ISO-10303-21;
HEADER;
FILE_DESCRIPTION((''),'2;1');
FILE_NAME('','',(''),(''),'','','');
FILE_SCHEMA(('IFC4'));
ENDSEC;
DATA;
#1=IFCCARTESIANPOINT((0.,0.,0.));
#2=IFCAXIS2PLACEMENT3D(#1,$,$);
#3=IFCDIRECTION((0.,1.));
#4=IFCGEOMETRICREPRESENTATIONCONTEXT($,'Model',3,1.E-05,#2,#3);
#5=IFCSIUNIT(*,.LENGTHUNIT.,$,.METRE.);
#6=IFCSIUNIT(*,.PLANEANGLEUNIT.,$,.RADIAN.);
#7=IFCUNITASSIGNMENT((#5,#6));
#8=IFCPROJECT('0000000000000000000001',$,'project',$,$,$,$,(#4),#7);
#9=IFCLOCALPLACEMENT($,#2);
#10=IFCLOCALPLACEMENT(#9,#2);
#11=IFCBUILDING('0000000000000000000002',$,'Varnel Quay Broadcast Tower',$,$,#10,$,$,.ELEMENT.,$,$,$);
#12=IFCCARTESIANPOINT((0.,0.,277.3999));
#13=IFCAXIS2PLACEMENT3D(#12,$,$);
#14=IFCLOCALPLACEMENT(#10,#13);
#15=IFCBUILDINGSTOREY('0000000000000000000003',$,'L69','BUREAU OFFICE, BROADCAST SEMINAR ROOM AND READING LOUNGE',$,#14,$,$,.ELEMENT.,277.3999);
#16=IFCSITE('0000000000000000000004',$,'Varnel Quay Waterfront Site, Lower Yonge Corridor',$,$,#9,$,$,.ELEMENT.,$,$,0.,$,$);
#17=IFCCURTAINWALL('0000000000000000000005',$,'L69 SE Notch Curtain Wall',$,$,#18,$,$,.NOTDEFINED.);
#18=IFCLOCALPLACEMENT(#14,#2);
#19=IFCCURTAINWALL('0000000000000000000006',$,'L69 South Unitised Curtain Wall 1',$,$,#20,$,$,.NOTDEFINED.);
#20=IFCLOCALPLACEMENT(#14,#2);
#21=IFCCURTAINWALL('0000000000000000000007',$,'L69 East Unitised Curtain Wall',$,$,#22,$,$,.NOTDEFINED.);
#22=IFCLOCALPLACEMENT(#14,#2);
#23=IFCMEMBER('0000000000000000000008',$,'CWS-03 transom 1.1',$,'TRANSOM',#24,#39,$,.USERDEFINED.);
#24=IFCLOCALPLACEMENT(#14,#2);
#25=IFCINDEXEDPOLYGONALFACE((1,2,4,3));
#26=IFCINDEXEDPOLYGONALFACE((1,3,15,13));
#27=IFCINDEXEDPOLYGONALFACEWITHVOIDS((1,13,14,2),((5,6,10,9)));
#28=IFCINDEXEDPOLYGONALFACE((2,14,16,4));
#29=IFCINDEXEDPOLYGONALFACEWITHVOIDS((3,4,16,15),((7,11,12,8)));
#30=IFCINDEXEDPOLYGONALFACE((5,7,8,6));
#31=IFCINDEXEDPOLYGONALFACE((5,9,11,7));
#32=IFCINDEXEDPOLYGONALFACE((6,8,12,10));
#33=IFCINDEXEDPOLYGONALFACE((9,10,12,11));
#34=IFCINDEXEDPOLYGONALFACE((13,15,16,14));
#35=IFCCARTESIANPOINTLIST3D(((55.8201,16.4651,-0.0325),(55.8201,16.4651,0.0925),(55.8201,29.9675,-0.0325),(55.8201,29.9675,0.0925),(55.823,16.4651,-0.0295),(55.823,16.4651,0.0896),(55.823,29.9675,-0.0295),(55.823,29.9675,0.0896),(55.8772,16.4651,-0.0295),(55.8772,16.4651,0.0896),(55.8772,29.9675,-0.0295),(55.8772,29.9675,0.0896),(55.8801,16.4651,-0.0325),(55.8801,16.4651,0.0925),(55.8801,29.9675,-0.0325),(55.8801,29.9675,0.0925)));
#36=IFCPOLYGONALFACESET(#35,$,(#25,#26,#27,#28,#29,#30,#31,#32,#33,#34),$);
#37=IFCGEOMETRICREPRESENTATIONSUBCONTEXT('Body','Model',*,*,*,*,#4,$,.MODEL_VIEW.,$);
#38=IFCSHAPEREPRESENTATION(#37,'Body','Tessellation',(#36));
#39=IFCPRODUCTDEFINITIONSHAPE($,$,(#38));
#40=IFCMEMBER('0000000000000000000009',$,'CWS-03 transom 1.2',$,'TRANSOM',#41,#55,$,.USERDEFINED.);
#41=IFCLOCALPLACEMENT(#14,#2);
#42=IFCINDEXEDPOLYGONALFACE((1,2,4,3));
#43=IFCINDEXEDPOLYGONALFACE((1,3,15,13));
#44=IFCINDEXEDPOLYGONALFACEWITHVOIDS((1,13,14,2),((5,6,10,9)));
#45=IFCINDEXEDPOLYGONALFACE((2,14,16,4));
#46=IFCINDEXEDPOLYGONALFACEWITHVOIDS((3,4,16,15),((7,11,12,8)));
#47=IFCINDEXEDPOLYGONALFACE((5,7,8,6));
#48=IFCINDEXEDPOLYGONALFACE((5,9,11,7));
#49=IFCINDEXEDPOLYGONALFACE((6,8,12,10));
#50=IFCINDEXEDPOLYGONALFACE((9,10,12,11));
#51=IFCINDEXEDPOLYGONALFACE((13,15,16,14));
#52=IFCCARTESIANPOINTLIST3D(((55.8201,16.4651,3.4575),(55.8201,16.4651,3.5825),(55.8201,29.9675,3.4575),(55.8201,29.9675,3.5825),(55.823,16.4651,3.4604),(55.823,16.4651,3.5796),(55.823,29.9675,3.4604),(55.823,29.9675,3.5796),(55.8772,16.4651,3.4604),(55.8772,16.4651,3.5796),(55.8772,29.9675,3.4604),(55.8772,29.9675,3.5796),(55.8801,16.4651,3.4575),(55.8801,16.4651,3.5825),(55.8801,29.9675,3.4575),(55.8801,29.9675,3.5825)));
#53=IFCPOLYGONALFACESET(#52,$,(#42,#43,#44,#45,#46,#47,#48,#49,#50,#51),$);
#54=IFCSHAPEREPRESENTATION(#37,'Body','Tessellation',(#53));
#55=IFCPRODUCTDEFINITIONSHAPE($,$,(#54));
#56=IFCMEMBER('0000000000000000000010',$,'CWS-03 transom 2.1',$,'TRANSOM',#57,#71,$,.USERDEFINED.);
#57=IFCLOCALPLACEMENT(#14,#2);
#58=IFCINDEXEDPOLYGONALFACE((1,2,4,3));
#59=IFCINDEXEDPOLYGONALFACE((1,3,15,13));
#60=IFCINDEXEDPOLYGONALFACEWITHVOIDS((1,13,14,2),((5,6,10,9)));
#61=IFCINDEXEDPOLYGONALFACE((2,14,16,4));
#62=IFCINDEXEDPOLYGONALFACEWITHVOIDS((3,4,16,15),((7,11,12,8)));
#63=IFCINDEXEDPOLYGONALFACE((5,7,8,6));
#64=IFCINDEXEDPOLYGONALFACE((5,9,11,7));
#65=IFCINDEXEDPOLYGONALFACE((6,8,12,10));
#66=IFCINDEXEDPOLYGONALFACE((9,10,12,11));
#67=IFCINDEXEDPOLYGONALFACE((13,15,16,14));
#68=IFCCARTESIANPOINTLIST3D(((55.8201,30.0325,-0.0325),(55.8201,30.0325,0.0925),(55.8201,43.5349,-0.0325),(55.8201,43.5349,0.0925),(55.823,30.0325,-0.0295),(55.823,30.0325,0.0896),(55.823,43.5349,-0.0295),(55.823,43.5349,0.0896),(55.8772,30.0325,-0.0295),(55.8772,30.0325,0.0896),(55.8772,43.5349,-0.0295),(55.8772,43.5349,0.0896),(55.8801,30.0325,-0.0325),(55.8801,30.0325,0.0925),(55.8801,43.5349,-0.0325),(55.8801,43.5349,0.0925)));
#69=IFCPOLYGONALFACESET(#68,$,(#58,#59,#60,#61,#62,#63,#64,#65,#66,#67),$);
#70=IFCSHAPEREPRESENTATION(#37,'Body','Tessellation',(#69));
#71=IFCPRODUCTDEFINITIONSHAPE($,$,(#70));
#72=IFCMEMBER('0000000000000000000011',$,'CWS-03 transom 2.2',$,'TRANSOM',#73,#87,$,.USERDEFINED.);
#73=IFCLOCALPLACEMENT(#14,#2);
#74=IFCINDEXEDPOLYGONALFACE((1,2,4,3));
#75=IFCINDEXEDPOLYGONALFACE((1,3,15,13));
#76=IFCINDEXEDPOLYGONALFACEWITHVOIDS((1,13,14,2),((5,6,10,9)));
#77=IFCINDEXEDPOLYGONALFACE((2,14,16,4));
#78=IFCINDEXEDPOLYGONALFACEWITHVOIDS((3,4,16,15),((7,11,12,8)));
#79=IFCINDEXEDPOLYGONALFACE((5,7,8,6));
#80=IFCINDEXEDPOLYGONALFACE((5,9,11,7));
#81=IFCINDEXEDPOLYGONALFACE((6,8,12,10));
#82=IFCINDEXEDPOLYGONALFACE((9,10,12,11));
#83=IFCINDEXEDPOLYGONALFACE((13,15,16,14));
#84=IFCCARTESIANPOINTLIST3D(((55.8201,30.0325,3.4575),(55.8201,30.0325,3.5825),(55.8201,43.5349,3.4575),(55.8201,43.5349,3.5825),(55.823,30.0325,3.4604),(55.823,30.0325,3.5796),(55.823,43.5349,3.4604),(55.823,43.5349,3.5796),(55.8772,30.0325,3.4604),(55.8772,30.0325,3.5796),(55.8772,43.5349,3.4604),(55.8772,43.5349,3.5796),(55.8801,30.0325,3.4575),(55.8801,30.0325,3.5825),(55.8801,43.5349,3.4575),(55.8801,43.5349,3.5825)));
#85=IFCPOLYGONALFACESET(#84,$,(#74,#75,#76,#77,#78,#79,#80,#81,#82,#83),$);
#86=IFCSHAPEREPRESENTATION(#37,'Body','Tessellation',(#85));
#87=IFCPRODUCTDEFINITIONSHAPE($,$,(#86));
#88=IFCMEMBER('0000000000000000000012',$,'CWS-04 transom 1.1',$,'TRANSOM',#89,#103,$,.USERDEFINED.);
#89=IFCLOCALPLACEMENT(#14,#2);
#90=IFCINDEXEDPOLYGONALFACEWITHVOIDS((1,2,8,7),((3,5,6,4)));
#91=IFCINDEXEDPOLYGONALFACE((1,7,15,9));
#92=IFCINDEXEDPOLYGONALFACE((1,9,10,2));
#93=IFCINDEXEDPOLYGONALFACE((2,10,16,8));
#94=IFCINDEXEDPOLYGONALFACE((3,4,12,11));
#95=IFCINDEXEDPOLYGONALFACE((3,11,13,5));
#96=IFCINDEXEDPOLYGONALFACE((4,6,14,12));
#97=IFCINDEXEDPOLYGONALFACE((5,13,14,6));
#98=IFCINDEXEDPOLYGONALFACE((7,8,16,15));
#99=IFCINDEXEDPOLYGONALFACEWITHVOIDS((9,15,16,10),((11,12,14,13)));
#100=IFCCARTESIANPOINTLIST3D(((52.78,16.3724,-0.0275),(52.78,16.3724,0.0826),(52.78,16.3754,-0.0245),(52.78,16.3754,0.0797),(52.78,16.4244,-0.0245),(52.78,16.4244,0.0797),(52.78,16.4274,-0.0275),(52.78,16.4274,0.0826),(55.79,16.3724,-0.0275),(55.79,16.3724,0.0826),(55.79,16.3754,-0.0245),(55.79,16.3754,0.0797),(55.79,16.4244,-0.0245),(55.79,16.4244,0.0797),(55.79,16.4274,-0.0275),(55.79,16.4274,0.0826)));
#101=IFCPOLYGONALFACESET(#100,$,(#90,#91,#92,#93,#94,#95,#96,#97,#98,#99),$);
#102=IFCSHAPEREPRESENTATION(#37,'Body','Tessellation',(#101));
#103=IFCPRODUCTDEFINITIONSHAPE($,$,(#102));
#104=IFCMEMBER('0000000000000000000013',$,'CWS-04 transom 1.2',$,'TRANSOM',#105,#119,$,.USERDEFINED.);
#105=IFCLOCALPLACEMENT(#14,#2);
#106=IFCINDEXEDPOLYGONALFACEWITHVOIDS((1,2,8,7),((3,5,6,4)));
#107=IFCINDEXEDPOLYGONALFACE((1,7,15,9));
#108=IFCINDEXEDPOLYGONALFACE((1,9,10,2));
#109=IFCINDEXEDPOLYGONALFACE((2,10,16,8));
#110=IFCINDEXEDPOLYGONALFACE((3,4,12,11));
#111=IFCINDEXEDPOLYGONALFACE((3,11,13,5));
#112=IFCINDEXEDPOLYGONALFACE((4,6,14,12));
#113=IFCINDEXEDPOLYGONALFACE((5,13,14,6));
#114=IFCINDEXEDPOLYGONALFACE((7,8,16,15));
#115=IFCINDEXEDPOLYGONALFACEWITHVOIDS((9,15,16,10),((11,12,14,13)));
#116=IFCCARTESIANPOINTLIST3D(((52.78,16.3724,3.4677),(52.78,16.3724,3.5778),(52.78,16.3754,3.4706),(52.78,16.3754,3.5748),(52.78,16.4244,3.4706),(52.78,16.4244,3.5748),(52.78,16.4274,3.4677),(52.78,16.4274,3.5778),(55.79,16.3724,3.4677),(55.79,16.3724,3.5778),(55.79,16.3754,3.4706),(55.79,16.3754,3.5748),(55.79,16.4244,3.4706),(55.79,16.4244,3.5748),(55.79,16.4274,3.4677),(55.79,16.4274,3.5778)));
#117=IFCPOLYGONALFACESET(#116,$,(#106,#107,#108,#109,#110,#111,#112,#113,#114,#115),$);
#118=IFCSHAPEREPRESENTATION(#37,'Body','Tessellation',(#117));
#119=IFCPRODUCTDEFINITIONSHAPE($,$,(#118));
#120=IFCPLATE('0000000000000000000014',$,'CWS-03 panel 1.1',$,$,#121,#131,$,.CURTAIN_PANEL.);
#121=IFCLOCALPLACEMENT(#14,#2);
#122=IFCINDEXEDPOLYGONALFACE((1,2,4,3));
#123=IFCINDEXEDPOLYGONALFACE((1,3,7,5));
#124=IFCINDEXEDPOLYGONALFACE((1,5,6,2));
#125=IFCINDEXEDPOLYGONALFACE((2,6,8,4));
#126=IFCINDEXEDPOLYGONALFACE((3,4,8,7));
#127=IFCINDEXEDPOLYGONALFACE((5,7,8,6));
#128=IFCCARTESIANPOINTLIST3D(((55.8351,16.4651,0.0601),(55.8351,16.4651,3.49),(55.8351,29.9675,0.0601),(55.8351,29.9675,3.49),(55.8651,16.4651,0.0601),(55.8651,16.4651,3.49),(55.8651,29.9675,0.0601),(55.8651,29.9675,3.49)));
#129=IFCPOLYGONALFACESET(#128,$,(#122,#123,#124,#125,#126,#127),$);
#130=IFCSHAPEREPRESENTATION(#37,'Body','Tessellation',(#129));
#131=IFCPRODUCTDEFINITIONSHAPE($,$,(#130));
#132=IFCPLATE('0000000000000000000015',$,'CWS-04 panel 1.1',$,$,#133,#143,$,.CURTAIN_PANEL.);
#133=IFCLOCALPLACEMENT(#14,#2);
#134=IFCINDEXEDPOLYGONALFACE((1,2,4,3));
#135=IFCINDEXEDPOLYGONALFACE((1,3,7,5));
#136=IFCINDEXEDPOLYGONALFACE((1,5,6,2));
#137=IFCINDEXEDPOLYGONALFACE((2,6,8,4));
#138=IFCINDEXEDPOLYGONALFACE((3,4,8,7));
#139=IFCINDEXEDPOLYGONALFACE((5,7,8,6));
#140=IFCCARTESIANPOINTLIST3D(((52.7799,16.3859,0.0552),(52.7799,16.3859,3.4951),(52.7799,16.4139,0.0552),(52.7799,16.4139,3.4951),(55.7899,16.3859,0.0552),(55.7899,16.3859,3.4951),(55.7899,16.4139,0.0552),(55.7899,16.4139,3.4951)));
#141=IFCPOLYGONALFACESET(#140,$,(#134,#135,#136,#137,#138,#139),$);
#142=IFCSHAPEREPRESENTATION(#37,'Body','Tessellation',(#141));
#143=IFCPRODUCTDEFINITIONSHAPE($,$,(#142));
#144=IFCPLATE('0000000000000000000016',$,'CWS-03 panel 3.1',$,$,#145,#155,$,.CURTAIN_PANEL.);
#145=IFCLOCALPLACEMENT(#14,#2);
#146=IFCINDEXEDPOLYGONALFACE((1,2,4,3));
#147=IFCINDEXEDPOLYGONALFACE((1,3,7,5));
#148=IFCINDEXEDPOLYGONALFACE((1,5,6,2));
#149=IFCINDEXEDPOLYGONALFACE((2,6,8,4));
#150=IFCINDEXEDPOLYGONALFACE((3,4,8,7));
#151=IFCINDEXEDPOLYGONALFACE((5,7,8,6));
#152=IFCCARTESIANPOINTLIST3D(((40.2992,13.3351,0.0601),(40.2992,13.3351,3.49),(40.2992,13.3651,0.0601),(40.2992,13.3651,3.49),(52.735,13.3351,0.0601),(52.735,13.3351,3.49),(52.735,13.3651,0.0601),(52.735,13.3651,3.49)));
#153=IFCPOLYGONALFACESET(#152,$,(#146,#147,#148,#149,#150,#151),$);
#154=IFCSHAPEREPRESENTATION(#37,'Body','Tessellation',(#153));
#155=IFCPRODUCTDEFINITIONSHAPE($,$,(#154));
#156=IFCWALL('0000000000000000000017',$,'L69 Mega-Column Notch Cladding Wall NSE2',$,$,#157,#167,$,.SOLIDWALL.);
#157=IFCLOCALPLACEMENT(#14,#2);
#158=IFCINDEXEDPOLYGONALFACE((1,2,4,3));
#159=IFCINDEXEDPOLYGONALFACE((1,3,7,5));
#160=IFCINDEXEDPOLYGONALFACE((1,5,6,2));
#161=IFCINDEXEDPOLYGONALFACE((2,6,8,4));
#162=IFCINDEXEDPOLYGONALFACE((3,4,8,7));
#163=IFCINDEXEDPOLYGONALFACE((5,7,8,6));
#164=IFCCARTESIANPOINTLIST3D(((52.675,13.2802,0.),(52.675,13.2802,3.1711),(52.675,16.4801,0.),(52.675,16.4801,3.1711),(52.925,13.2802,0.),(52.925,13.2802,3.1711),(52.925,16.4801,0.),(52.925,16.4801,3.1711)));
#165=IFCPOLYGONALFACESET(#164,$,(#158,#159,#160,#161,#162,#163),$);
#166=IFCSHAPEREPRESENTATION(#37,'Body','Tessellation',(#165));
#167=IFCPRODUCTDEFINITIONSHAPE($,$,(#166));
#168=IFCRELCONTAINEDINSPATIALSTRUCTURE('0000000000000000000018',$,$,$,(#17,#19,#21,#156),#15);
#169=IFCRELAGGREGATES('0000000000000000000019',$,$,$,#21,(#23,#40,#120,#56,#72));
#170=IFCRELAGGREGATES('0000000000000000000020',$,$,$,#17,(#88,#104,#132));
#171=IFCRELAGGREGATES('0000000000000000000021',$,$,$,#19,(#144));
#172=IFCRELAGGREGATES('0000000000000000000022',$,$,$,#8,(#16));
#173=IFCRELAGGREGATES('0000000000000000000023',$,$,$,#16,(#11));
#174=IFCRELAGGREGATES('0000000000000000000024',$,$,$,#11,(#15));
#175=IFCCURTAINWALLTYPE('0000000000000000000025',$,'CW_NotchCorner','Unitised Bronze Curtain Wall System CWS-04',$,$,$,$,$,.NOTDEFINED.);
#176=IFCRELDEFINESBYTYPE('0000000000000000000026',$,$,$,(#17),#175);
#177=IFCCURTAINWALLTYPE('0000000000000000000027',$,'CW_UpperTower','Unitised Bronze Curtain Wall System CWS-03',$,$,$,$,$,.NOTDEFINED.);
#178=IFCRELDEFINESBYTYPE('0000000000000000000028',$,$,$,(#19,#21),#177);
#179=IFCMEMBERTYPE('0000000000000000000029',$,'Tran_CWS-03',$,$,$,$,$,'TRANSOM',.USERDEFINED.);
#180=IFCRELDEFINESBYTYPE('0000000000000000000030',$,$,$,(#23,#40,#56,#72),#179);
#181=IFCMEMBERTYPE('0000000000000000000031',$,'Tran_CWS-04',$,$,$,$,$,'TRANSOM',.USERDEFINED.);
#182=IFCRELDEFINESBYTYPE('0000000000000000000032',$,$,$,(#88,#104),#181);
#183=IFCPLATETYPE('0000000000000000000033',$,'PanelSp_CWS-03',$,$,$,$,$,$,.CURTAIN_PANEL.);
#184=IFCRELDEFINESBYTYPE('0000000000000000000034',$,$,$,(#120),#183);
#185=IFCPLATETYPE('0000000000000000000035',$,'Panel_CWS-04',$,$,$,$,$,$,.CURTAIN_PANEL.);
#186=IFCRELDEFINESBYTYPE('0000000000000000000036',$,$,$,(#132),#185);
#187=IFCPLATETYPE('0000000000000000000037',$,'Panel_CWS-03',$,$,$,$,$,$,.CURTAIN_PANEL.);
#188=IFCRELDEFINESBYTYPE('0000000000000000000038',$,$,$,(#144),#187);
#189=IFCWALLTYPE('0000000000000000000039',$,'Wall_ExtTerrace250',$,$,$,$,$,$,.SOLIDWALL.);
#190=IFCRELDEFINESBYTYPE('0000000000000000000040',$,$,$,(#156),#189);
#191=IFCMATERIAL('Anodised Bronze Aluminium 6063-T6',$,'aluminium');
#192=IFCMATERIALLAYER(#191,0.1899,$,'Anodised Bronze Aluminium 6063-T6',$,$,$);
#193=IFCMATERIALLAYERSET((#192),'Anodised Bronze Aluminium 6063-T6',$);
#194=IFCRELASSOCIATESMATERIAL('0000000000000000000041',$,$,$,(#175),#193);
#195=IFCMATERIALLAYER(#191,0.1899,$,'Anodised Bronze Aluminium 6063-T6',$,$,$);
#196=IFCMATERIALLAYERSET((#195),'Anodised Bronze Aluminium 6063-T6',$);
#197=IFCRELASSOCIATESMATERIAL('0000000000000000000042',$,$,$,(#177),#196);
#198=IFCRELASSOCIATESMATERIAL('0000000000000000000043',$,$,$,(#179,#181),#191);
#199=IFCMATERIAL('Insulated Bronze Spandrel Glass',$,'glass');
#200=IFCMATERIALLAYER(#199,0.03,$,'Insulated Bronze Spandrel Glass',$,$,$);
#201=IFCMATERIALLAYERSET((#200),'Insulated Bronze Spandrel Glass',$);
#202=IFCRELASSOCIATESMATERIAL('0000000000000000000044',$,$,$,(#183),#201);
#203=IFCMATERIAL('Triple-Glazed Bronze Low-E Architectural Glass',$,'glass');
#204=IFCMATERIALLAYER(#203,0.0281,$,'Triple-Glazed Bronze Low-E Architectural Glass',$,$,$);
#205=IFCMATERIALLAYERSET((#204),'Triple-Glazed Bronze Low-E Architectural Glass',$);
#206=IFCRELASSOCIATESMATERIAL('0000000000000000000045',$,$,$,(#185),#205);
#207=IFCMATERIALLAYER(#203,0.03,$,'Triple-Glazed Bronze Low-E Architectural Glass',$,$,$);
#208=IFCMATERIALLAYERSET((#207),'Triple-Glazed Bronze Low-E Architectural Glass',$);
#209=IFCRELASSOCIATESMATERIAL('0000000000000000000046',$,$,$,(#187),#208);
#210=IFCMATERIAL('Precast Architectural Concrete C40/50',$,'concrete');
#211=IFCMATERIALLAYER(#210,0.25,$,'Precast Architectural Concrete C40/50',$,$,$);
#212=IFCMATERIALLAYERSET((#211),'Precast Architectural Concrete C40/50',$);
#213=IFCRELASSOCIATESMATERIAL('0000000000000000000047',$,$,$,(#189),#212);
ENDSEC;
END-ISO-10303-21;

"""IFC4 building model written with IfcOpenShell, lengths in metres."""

from ifc_helpers import new_model, si_unit, direction, frame, frame_2d, origin, origin_2d, place, context, subcontext, project, spatial, rectangle, hollow_rectangle, extrude, source, transform, mapped, material, layer, layer_set, material_profile, profile_set, type_object, type_shapes, element, aggregate, save


model = new_model("IFC4")

# Units and contexts
model_context = context("Model", 3, precision=1e-05, world=origin(), true_north=direction((0.0, 1.0)))
body_context = subcontext(model_context, "Body", "Model", "MODEL_VIEW")
ifc_project = project(units=[si_unit("LENGTHUNIT", "METRE"), si_unit("PLANEANGLEUNIT", "RADIAN")], contexts=[model_context])

# Site, building, storey
site_placement = place(None, origin())
site = spatial("IfcSite", under=ifc_project, at=site_placement, Name="Varnel Quay Waterfront Site, Lower Yonge Corridor", CompositionType="ELEMENT", RefElevation=0.0)
building_placement = place(site_placement, origin())
building = spatial("IfcBuilding", under=site, at=building_placement, Name="Varnel Quay Broadcast Tower", CompositionType="ELEMENT")
storey_placement = place(building_placement, frame((0.0, 0.0, 277.3999)))
storey = spatial("IfcBuildingStorey", under=building, at=storey_placement, Name="L69", Description="BUREAU OFFICE, BROADCAST SEMINAR ROOM AND READING LOUNGE", CompositionType="ELEMENT", Elevation=277.3999)

# Curtain wall
ifc_material_1 = material(Name="Anodised Bronze Aluminium 6063-T6", Category="aluminium")
ifc_layer_1 = layer(ifc_material_1, 0.1899, Name="Anodised Bronze Aluminium 6063-T6")
ifc_layer_set_1 = layer_set([ifc_layer_1], Name="Anodised Bronze Aluminium 6063-T6")
curtain_wall_type_1 = type_object("IfcCurtainWallType", Name="CW_NotchCorner", Description="Unitised Bronze Curtain Wall System CWS-04", PredefinedType="NOTDEFINED", material=ifc_layer_set_1)
curtain_wall_1_placement = place(storey_placement, origin())
curtain_wall_1 = element("IfcCurtainWall", 1, at=curtain_wall_1_placement, inside=storey, type_object=curtain_wall_type_1, Name="L69 SE Notch Curtain Wall", PredefinedType="NOTDEFINED")

# Curtain wall
ifc_layer_2 = layer(ifc_material_1, 0.1899, Name="Anodised Bronze Aluminium 6063-T6")
ifc_layer_set_2 = layer_set([ifc_layer_2], Name="Anodised Bronze Aluminium 6063-T6")
curtain_wall_type_2 = type_object("IfcCurtainWallType", Name="CW_UpperTower", Description="Unitised Bronze Curtain Wall System CWS-03", PredefinedType="NOTDEFINED", material=ifc_layer_set_2)
curtain_wall_2_placement = place(storey_placement, origin())
curtain_wall_2 = element("IfcCurtainWall", 2, at=curtain_wall_2_placement, inside=storey, type_object=curtain_wall_type_2, Name="L69 South Unitised Curtain Wall 1", PredefinedType="NOTDEFINED")

# Curtain wall, members
curtain_wall_3_placement = place(storey_placement, origin())
curtain_wall_3 = element("IfcCurtainWall", 3, at=curtain_wall_3_placement, inside=storey, type_object=curtain_wall_type_2, Name="L69 East Unitised Curtain Wall", PredefinedType="NOTDEFINED")
ifc_material_profile_1 = material_profile(ifc_material_1, hollow_rectangle(XDim=0.0601, YDim=0.125, WallThickness=0.0029, at=origin_2d()), Name="ALU60X125X3")
ifc_profile_set_1 = profile_set([ifc_material_profile_1], Name="Anodised Bronze Aluminium 6063-T6")
member_type_1 = type_object("IfcMemberType", Name="Tran_CWS-03", ElementType="TRANSOM", PredefinedType="USERDEFINED", material=ifc_profile_set_1)
shared_shape_1 = source(origin(), body_context, "Body", "SweptSolid", [
    extrude(hollow_rectangle(XDim=0.0601, YDim=0.125, WallThickness=0.0029, at=origin_2d()), origin(), (0.0, 0.0, 1.0), 13.5024),
])
type_shapes(member_type_1, [shared_shape_1])
member_1_placement = place(storey_placement, frame((55.8501, 16.4651, 0.03), z_axis=(0.0, 1.0, 0.0), x_axis=(-1.0, 0.0, 0.0)))
member_1 = element("IfcMember", 4, at=member_1_placement, type_object=member_type_1, Name="CWS-03 transom 1.1", ObjectType="TRANSOM", PredefinedType="USERDEFINED", context=body_context, shape_type="MappedRepresentation", body=[
    mapped(shared_shape_1, transform((0.0, 0.0, 0.0), x_axis=(1.0, 0.0, 0.0), y_axis=(0.0, 1.0, 0.0), z_axis=(0.0, 0.0, 1.0), scale=1.0)),
])
member_2_placement = place(storey_placement, frame((55.8501, 16.4651, 3.52), z_axis=(0.0, 1.0, 0.0), x_axis=(-1.0, 0.0, 0.0)))
member_2 = element("IfcMember", 5, at=member_2_placement, type_object=member_type_1, Name="CWS-03 transom 1.2", ObjectType="TRANSOM", PredefinedType="USERDEFINED", context=body_context, shape_type="MappedRepresentation", body=[
    mapped(shared_shape_1, transform((0.0, 0.0, 0.0), x_axis=(1.0, 0.0, 0.0), y_axis=(0.0, 1.0, 0.0), z_axis=(0.0, 0.0, 1.0), scale=1.0)),
])
member_3_placement = place(storey_placement, frame((55.8501, 30.0325, 0.03), z_axis=(0.0, 1.0, 0.0), x_axis=(-1.0, 0.0, 0.0)))
member_3 = element("IfcMember", 6, at=member_3_placement, type_object=member_type_1, Name="CWS-03 transom 2.1", ObjectType="TRANSOM", PredefinedType="USERDEFINED", context=body_context, shape_type="MappedRepresentation", body=[
    mapped(shared_shape_1, transform((0.0, 0.0, 0.0), x_axis=(1.0, 0.0, 0.0), y_axis=(0.0, 1.0, 0.0), z_axis=(0.0, 0.0, 1.0), scale=1.0)),
])
member_4_placement = place(storey_placement, frame((55.8501, 30.0325, 3.52), z_axis=(0.0, 1.0, 0.0), x_axis=(-1.0, 0.0, 0.0)))
member_4 = element("IfcMember", 7, at=member_4_placement, type_object=member_type_1, Name="CWS-03 transom 2.2", ObjectType="TRANSOM", PredefinedType="USERDEFINED", context=body_context, shape_type="MappedRepresentation", body=[
    mapped(shared_shape_1, transform((0.0, 0.0, 0.0), x_axis=(1.0, 0.0, 0.0), y_axis=(0.0, 1.0, 0.0), z_axis=(0.0, 0.0, 1.0), scale=1.0)),
])

# Members
ifc_material_profile_2 = material_profile(ifc_material_1, hollow_rectangle(XDim=0.0549, YDim=0.1101, WallThickness=0.0029, at=origin_2d()), Name="ALU55X110X3")
ifc_profile_set_2 = profile_set([ifc_material_profile_2], Name="Anodised Bronze Aluminium 6063-T6")
member_type_2 = type_object("IfcMemberType", Name="Tran_CWS-04", ElementType="TRANSOM", PredefinedType="USERDEFINED", material=ifc_profile_set_2)
shared_shape_2 = source(origin(), body_context, "Body", "SweptSolid", [
    extrude(hollow_rectangle(XDim=0.0549, YDim=0.1101, WallThickness=0.0029, at=origin_2d()), origin(), (0.0, 0.0, 1.0), 3.01),
])
type_shapes(member_type_2, [shared_shape_2])
member_5_placement = place(storey_placement, frame((52.78, 16.3999, 0.0276), z_axis=(1.0, 0.0, 0.0), x_axis=(0.0, 1.0, 0.0)))
member_5 = element("IfcMember", 8, at=member_5_placement, type_object=member_type_2, Name="CWS-04 transom 1.1", ObjectType="TRANSOM", PredefinedType="USERDEFINED", context=body_context, shape_type="MappedRepresentation", body=[
    mapped(shared_shape_2, transform((0.0, 0.0, 0.0), x_axis=(1.0, 0.0, 0.0), y_axis=(0.0, 1.0, 0.0), z_axis=(0.0, 0.0, 1.0), scale=1.0)),
])
member_6_placement = place(storey_placement, frame((52.78, 16.3999, 3.5227), z_axis=(1.0, 0.0, 0.0), x_axis=(0.0, 1.0, 0.0)))
member_6 = element("IfcMember", 9, at=member_6_placement, type_object=member_type_2, Name="CWS-04 transom 1.2", ObjectType="TRANSOM", PredefinedType="USERDEFINED", context=body_context, shape_type="MappedRepresentation", body=[
    mapped(shared_shape_2, transform((0.0, 0.0, 0.0), x_axis=(1.0, 0.0, 0.0), y_axis=(0.0, 1.0, 0.0), z_axis=(0.0, 0.0, 1.0), scale=1.0)),
])

# Plates
ifc_material_2 = material(Name="Insulated Bronze Spandrel Glass", Category="glass")
ifc_layer_3 = layer(ifc_material_2, 0.03, Name="Insulated Bronze Spandrel Glass")
ifc_layer_set_3 = layer_set([ifc_layer_3], Name="Insulated Bronze Spandrel Glass")
plate_type_1 = type_object("IfcPlateType", Name="PanelSp_CWS-03", PredefinedType="CURTAIN_PANEL", material=ifc_layer_set_3)
shared_shape_3 = source(origin(), body_context, "Body", "SweptSolid", [
    extrude(rectangle(XDim=13.5024, YDim=0.03, at=origin_2d()), origin(), (0.0, 0.0, 1.0), 3.4299),
])
type_shapes(plate_type_1, [shared_shape_3])
plate_1_placement = place(storey_placement, frame((55.8501, 23.2163, 0.0601), z_axis=(0.0, 0.0, 1.0), x_axis=(0.0, 1.0, 0.0)))
plate_1 = element("IfcPlate", 10, at=plate_1_placement, type_object=plate_type_1, Name="CWS-03 panel 1.1", PredefinedType="CURTAIN_PANEL", context=body_context, shape_type="MappedRepresentation", body=[
    mapped(shared_shape_3, transform((0.0, 0.0, 0.0), x_axis=(1.0, 0.0, 0.0), y_axis=(0.0, 1.0, 0.0), z_axis=(0.0, 0.0, 1.0), scale=1.0)),
])
aggregate(curtain_wall_3, [member_1, member_2, plate_1, member_3, member_4])
ifc_material_3 = material(Name="Triple-Glazed Bronze Low-E Architectural Glass", Category="glass")
ifc_layer_4 = layer(ifc_material_3, 0.0281, Name="Triple-Glazed Bronze Low-E Architectural Glass")
ifc_layer_set_4 = layer_set([ifc_layer_4], Name="Triple-Glazed Bronze Low-E Architectural Glass")
plate_type_2 = type_object("IfcPlateType", Name="Panel_CWS-04", PredefinedType="CURTAIN_PANEL", material=ifc_layer_set_4)
shared_shape_4 = source(origin(), body_context, "Body", "SweptSolid", [
    extrude(rectangle(XDim=3.01, YDim=0.0281, at=origin_2d()), origin(), (0.0, 0.0, 1.0), 3.4399),
])
type_shapes(plate_type_2, [shared_shape_4])
plate_2_placement = place(storey_placement, frame((54.2849, 16.3999, 0.0552), z_axis=(0.0, 0.0, 1.0), x_axis=(1.0, 0.0, 0.0)))
plate_2 = element("IfcPlate", 11, at=plate_2_placement, type_object=plate_type_2, Name="CWS-04 panel 1.1", PredefinedType="CURTAIN_PANEL", context=body_context, shape_type="MappedRepresentation", body=[
    mapped(shared_shape_4, transform((0.0, 0.0, 0.0), x_axis=(1.0, 0.0, 0.0), y_axis=(0.0, 1.0, 0.0), z_axis=(0.0, 0.0, 1.0), scale=1.0)),
])
aggregate(curtain_wall_1, [member_5, member_6, plate_2])
ifc_layer_5 = layer(ifc_material_3, 0.03, Name="Triple-Glazed Bronze Low-E Architectural Glass")
ifc_layer_set_5 = layer_set([ifc_layer_5], Name="Triple-Glazed Bronze Low-E Architectural Glass")
plate_type_3 = type_object("IfcPlateType", Name="Panel_CWS-03", PredefinedType="CURTAIN_PANEL", material=ifc_layer_set_5)
shared_shape_5 = source(origin(), body_context, "Body", "SweptSolid", [
    extrude(rectangle(XDim=12.4358, YDim=0.03, at=origin_2d()), origin(), (0.0, 0.0, 1.0), 3.4299),
])
type_shapes(plate_type_3, [shared_shape_5])
plate_3_placement = place(storey_placement, frame((46.5171, 13.3501, 0.0601), z_axis=(0.0, 0.0, 1.0), x_axis=(1.0, 0.0, 0.0)))
plate_3 = element("IfcPlate", 12, at=plate_3_placement, type_object=plate_type_3, Name="CWS-03 panel 3.1", PredefinedType="CURTAIN_PANEL", context=body_context, shape_type="MappedRepresentation", body=[
    mapped(shared_shape_5, transform((0.0, 0.0, 0.0), x_axis=(1.0, 0.0, 0.0), y_axis=(0.0, 1.0, 0.0), z_axis=(0.0, 0.0, 1.0), scale=1.0)),
])
aggregate(curtain_wall_2, [plate_3])

# Wall
ifc_material_4 = material(Name="Precast Architectural Concrete C40/50", Category="concrete")
ifc_layer_6 = layer(ifc_material_4, 0.25, Name="Precast Architectural Concrete C40/50")
ifc_layer_set_6 = layer_set([ifc_layer_6], Name="Precast Architectural Concrete C40/50")
wall_type_1 = type_object("IfcWallType", Name="Wall_ExtTerrace250", PredefinedType="SOLIDWALL", material=ifc_layer_set_6)
wall_1_placement = place(storey_placement, frame((52.8, 13.28, 0.0), z_axis=(0.0, 0.0, 1.0), x_axis=(0.0, 1.0, 0.0)))
element("IfcWall", 13, at=wall_1_placement, inside=storey, type_object=wall_type_1, Name="L69 Mega-Column Notch Cladding Wall NSE2", PredefinedType="SOLIDWALL", context=body_context, shape_type="SweptSolid", body=[
    extrude(rectangle(XDim=3.2, YDim=0.25, at=frame_2d((1.6001, 0.0))), origin(), (0.0, 0.0, 1.0), 3.1711),
])

save(model, "model.ifc")
